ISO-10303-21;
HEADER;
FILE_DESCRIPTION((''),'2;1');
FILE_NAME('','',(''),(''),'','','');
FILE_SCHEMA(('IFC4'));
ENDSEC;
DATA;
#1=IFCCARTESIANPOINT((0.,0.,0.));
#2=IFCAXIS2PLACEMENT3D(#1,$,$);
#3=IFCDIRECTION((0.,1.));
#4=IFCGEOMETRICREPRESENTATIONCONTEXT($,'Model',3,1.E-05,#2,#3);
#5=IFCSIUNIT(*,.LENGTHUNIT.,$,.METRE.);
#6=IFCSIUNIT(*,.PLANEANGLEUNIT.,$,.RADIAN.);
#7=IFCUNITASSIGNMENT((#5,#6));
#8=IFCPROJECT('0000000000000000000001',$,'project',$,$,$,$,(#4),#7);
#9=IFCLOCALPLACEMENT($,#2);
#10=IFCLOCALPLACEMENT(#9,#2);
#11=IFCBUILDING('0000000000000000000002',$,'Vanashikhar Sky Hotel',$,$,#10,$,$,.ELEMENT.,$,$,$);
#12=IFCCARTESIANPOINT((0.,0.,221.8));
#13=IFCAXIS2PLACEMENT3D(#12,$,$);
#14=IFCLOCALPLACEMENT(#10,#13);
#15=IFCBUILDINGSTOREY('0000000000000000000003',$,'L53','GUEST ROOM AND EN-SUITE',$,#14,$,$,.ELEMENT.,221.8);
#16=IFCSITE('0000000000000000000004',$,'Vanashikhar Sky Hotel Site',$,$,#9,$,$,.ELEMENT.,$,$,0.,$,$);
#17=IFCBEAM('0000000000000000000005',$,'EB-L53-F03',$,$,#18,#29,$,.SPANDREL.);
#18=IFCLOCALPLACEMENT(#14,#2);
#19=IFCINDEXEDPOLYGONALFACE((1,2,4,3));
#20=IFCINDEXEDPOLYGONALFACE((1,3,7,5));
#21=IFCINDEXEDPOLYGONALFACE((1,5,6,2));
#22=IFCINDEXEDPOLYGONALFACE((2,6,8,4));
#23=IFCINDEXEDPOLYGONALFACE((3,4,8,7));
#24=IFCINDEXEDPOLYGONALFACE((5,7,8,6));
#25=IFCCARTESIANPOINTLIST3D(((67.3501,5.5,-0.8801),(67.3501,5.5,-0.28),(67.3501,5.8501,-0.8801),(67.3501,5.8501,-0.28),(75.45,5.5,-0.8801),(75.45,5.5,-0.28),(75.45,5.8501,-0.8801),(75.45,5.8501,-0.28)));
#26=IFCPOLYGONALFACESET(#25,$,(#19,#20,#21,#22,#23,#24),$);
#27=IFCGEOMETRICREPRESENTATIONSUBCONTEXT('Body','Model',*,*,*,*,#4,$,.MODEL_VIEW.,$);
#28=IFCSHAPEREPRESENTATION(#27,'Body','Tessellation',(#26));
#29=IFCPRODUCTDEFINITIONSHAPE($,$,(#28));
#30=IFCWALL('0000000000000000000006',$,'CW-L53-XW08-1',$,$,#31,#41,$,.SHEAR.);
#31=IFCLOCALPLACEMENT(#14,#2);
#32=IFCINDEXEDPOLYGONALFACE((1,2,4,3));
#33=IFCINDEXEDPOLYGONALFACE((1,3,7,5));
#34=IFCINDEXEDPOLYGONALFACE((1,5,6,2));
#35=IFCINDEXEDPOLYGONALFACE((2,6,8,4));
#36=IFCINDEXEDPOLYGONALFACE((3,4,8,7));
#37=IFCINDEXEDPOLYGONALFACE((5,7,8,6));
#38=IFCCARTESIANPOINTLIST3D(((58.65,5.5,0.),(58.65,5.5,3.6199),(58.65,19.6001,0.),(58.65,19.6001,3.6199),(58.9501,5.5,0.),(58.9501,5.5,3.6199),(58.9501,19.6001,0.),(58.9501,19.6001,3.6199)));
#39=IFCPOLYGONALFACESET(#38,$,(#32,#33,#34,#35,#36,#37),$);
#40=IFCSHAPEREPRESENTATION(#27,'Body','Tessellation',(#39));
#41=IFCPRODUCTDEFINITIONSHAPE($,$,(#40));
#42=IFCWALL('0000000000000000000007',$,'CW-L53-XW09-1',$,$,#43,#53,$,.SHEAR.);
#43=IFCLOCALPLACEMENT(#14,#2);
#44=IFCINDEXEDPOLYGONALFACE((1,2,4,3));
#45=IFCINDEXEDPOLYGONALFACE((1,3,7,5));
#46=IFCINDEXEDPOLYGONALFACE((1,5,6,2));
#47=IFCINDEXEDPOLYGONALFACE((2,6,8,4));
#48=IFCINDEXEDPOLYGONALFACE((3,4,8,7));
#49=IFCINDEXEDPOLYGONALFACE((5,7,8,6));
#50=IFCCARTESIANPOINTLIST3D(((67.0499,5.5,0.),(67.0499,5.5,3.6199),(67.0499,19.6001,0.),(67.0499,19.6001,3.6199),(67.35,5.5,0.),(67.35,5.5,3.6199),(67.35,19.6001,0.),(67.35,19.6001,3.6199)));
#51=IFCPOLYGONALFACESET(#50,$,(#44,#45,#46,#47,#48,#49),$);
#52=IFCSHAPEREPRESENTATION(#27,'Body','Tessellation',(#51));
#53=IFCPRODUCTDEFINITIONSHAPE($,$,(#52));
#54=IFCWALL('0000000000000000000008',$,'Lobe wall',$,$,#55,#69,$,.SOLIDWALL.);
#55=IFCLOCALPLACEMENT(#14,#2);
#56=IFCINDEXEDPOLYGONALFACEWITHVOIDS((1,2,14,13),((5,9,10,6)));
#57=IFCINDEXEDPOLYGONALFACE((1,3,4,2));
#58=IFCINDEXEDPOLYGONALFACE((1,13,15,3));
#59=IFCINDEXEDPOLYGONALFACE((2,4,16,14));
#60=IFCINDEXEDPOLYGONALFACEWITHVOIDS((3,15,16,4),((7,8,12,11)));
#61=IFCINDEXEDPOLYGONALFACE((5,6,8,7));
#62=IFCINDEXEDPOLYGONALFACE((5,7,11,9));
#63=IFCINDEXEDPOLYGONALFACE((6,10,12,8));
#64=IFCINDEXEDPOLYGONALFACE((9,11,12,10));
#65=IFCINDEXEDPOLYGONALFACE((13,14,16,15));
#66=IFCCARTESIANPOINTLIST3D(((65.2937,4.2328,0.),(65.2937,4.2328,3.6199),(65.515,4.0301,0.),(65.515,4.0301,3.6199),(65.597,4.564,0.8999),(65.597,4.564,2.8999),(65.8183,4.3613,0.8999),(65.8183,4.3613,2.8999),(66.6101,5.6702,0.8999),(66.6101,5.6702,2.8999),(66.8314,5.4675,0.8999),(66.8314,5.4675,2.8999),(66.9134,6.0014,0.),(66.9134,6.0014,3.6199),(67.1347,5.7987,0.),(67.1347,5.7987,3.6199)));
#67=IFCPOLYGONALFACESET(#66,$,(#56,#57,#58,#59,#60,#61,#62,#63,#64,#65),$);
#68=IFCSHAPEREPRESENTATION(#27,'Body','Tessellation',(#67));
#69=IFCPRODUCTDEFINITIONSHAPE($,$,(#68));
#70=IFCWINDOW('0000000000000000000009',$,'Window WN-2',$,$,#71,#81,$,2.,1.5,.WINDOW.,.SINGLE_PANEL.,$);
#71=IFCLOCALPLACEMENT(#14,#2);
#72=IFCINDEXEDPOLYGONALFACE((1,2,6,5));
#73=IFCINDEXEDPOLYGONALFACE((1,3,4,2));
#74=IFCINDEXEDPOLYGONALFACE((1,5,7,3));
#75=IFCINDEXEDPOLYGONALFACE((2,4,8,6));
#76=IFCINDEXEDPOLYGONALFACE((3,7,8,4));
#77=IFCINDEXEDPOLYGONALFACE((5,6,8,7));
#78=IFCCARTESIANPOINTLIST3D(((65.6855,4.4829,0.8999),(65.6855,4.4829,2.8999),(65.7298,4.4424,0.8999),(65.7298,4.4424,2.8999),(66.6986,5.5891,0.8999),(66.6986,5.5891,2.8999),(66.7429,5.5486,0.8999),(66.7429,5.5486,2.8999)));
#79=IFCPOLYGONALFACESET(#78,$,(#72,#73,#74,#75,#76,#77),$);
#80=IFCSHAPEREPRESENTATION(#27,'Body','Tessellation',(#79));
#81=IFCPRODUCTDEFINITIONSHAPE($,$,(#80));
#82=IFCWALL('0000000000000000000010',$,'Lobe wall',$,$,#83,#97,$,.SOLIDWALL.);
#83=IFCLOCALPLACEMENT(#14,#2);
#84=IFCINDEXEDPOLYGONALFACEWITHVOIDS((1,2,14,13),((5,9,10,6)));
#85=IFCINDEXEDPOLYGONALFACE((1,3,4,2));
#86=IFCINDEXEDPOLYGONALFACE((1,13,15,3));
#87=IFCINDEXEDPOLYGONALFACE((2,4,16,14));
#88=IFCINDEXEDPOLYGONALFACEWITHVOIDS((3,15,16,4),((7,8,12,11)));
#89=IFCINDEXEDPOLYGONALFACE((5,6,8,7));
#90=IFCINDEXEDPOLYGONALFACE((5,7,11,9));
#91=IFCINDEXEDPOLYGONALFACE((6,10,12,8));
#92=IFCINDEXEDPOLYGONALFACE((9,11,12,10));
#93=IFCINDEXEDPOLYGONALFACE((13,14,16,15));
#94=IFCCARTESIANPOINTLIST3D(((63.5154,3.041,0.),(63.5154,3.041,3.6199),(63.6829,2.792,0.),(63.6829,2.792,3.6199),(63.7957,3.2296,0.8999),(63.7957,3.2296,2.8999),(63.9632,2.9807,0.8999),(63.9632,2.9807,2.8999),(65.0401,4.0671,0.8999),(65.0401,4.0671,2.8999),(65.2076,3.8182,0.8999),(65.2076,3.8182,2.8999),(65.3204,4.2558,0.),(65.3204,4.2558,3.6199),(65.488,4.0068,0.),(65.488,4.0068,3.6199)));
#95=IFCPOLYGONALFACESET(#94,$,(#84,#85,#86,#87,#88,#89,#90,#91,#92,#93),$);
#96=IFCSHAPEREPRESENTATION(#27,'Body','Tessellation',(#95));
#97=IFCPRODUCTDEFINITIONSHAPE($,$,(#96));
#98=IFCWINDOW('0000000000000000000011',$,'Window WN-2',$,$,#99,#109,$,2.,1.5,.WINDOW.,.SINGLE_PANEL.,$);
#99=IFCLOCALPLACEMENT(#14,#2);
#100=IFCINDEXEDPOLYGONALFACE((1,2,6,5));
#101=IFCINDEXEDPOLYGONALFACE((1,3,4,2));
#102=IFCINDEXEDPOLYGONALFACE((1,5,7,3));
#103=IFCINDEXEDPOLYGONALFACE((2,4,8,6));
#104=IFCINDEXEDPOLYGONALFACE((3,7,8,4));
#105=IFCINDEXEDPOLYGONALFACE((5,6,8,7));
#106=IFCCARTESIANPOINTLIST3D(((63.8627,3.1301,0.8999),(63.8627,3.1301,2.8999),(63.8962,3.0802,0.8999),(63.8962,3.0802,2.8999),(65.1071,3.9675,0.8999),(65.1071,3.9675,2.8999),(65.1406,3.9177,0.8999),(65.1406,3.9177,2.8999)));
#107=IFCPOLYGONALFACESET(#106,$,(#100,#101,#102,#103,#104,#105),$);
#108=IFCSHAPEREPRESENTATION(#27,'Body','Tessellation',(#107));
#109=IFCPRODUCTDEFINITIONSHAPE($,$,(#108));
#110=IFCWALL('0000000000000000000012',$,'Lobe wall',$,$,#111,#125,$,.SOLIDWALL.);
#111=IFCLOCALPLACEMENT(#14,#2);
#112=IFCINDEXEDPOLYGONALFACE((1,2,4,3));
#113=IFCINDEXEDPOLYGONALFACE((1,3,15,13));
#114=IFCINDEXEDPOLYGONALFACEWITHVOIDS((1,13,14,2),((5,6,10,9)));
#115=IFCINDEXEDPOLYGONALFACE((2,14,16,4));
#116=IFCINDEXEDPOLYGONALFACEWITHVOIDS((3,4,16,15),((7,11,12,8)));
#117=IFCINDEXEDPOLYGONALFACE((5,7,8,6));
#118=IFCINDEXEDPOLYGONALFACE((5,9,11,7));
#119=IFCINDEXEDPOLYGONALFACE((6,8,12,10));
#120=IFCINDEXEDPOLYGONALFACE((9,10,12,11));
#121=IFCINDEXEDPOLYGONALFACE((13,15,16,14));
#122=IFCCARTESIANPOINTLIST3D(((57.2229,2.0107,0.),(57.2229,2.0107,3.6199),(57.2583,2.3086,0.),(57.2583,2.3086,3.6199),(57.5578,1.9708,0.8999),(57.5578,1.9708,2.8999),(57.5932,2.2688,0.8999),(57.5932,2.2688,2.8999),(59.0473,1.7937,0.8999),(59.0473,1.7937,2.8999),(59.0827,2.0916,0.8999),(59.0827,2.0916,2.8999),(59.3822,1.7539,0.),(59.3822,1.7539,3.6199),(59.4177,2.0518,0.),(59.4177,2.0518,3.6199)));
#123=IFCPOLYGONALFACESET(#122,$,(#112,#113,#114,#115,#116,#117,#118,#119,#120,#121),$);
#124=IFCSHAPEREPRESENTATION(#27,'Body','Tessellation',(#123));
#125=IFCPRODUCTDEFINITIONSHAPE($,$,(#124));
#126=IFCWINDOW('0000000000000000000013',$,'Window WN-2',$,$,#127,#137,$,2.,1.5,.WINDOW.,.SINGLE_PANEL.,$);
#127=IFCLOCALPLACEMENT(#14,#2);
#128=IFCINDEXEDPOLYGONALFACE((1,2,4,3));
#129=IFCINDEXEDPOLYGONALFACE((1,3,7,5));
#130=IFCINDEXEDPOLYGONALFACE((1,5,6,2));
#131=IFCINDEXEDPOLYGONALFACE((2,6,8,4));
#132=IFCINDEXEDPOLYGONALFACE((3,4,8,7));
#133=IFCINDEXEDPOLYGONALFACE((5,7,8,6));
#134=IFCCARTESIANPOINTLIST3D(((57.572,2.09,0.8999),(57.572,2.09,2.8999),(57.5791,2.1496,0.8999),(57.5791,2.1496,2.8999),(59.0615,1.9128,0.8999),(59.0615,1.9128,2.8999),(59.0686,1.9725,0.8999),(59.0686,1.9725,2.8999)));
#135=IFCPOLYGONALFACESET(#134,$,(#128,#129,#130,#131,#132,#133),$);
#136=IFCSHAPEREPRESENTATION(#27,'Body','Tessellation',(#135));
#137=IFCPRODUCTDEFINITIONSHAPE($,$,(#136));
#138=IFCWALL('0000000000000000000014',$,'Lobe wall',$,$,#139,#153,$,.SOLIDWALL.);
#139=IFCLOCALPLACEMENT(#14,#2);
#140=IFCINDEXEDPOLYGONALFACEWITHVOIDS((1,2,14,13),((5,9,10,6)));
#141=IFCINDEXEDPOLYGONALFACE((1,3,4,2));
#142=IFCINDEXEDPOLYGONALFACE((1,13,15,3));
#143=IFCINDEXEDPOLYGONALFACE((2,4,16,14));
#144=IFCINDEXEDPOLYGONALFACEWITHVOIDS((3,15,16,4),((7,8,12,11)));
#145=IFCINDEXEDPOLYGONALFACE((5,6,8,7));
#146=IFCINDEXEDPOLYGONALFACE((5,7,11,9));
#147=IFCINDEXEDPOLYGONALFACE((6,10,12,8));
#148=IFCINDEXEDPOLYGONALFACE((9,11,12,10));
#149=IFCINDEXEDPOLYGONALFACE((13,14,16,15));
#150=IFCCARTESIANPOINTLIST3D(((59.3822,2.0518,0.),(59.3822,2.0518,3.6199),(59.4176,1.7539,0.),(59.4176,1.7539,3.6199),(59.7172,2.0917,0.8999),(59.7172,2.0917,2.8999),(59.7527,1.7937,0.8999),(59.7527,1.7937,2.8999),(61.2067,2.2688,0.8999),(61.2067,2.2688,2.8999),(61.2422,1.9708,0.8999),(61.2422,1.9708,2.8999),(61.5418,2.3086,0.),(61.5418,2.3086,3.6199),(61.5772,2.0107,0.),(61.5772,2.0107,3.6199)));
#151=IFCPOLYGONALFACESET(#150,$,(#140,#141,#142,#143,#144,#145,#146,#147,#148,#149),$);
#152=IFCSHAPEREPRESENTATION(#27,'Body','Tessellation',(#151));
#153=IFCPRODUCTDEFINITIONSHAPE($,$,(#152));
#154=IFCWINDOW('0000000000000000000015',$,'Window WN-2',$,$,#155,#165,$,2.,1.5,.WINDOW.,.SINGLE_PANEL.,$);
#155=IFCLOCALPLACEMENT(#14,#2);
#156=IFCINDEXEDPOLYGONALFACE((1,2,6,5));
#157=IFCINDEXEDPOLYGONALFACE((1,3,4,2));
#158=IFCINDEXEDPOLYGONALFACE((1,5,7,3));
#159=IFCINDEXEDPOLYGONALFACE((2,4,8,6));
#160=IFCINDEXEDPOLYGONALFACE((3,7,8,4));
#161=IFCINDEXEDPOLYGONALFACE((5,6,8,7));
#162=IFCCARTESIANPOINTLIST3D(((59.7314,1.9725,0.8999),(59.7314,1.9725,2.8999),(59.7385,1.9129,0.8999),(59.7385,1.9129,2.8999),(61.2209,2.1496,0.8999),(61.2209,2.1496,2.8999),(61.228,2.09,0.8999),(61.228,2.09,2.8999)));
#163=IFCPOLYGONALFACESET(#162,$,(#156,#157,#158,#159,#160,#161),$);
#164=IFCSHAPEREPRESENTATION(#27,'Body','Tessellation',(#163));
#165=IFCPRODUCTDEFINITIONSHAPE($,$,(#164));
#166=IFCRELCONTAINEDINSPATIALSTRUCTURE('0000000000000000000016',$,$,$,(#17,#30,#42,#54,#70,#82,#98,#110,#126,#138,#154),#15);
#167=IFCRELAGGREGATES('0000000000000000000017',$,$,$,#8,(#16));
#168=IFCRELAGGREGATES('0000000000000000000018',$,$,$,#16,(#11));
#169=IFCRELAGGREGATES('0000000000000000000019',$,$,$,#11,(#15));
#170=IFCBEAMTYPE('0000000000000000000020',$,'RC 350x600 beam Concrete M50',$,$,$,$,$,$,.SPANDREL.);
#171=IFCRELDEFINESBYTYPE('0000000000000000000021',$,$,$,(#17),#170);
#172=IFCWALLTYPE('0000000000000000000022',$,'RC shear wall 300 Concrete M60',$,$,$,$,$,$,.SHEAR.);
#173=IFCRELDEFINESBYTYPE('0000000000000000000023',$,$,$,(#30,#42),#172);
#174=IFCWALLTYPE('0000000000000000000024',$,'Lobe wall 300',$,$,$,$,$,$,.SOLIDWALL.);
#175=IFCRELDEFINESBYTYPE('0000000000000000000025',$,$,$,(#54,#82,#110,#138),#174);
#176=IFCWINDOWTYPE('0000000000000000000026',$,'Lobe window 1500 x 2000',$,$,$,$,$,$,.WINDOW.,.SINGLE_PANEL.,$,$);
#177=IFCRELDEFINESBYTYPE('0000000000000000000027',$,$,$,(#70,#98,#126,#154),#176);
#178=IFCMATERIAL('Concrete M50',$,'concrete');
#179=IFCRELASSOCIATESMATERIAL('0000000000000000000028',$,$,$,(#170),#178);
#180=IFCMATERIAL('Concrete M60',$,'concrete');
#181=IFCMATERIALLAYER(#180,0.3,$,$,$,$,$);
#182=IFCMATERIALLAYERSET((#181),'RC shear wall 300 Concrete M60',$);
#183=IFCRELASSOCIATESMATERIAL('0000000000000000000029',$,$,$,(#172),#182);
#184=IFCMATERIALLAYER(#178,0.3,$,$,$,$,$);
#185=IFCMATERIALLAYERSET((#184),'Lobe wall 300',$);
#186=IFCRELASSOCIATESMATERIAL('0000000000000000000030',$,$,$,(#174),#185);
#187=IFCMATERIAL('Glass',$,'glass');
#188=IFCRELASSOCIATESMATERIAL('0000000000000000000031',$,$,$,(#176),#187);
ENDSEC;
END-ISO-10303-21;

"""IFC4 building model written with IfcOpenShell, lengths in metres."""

from ifc_helpers import new_model, si_unit, direction, frame, frame_2d, origin, origin_2d, place, context, subcontext, project, spatial, rectangle, extrude, source, transform, mapped, material, layer, layer_set, material_profile, profile_set, type_object, element, fill, save


model = new_model("IFC4")

# Units and contexts
model_context = context("Model", 3, precision=1e-05, world=origin(), true_north=direction((0.0, 1.0)))
body_context = subcontext(model_context, "Body", "Model", "MODEL_VIEW")
ifc_project = project(units=[si_unit("LENGTHUNIT", "METRE"), si_unit("PLANEANGLEUNIT", "RADIAN")], contexts=[model_context])

# Site, building, storey
site_placement = place(None, origin())
site = spatial("IfcSite", under=ifc_project, at=site_placement, Name="Vanashikhar Sky Hotel Site", CompositionType="ELEMENT", RefElevation=0.0)
building_placement = place(site_placement, origin())
building = spatial("IfcBuilding", under=site, at=building_placement, Name="Vanashikhar Sky Hotel", CompositionType="ELEMENT")
storey_placement = place(building_placement, frame((0.0, 0.0, 221.8)))
storey = spatial("IfcBuildingStorey", under=building, at=storey_placement, Name="L53", Description="GUEST ROOM AND EN-SUITE", CompositionType="ELEMENT", Elevation=221.8)

# Beam
ifc_material_1 = material(Name="Concrete M50", Category="concrete")
ifc_material_profile_1 = material_profile(ifc_material_1, rectangle(XDim=0.3501, YDim=0.6001, at=origin_2d()))
ifc_profile_set_1 = profile_set([ifc_material_profile_1], Name="RC 350x600 beam Concrete M50")
beam_type = type_object("IfcBeamType", Name="RC 350x600 beam Concrete M50", PredefinedType="SPANDREL", material=ifc_profile_set_1)
shared_shape_1 = source(origin(), body_context, "Body", "SweptSolid", [
    extrude(rectangle(XDim=0.3501, YDim=0.6001, at=origin_2d()), origin(), (0.0, 0.0, 1.0), 8.0999),
])
beam_placement = place(storey_placement, frame((67.3501, 5.675, -0.5801), z_axis=(1.0, 0.0, 0.0), x_axis=(0.0, 1.0, 0.0)))
element("IfcBeam", 1, at=beam_placement, inside=storey, type_object=beam_type, Name="EB-L53-F03", PredefinedType="SPANDREL", context=body_context, shape_type="MappedRepresentation", body=[
    mapped(shared_shape_1, transform((0.0, 0.0, 0.0), scale=1.0)),
])

# Walls
ifc_material_2 = material(Name="Concrete M60", Category="concrete")
ifc_layer_1 = layer(ifc_material_2, 0.3)
ifc_layer_set_1 = layer_set([ifc_layer_1], Name="RC shear wall 300 Concrete M60")
wall_type_1 = type_object("IfcWallType", Name="RC shear wall 300 Concrete M60", PredefinedType="SHEAR", material=ifc_layer_set_1)
shared_shape_2 = source(origin(), body_context, "Body", "SweptSolid", [
    extrude(rectangle(XDim=14.1001, YDim=0.3, at=frame_2d((7.05, 0.0))), origin(), (0.0, 0.0, 1.0), 3.6199),
])
for number, where, z_axis, x_axis, name in (
    (2, (58.8, 5.5, 0.0), (0.0, 0.0, 1.0), (0.0, 1.0, 0.0), "CW-L53-XW08-1"),
    (3, (67.2, 5.5, 0.0), (0.0, 0.0, 1.0), (0.0, 1.0, 0.0), "CW-L53-XW09-1"),
):
    element("IfcWall", number, at=place(storey_placement, frame(where, z_axis=z_axis, x_axis=x_axis)), inside=storey, type_object=wall_type_1, Name=name, PredefinedType="SHEAR", context=body_context, shape_type="MappedRepresentation", body=[
        mapped(shared_shape_2, transform((0.0, 0.0, 0.0), scale=1.0)),
    ])

# Shared definitions
ifc_material_3 = material(Name="Glass", Category="glass")

# Walls, openings, windows
ifc_layer_2 = layer(ifc_material_1, 0.3)
ifc_layer_set_2 = layer_set([ifc_layer_2], Name="Lobe wall 300")
wall_type_2 = type_object("IfcWallType", Name="Lobe wall 300", PredefinedType="SOLIDWALL", material=ifc_layer_set_2)
shared_shape_3 = source(origin(), body_context, "Body", "SweptSolid", [
    extrude(rectangle(XDim=2.3982, YDim=0.3, at=frame_2d((1.1992, 0.0))), origin(), (0.0, 0.0, 1.0), 3.6199),
])
wall_1_placement = place(storey_placement, frame((65.4043, 4.1313, 0.0), z_axis=(0.0, 0.0, 1.0), x_axis=(0.675374, 0.737475, 0.0)))
wall_1 = element("IfcWall", 4, at=wall_1_placement, inside=storey, type_object=wall_type_2, Name="Lobe wall", PredefinedType="SOLIDWALL", context=body_context, shape_type="MappedRepresentation", body=[
    mapped(shared_shape_3, transform((0.0, 0.0, 0.0), scale=1.0)),
])
shared_shape_4 = source(origin(), body_context, "Body", "SweptSolid", [
    extrude(rectangle(XDim=1.5, YDim=2.0, at=frame_2d((0.75, 1.0))), frame((0.0, 0.1602, 0.0), z_axis=(0.0, -1.0, 0.0), x_axis=(1.0, 0.0, 0.0)), (0.0, 0.0, 1.0), 0.3201),
])
opening_1_placement = place(wall_1_placement, frame((0.4492, 0.0, 0.8999)))
opening_1 = element("IfcOpeningElement", 5, at=opening_1_placement, cuts=wall_1, PredefinedType="OPENING", context=body_context, shape_type="MappedRepresentation", body=[
    mapped(shared_shape_4, transform((0.0, 0.0, 0.0), scale=1.0)),
])
window_type_1 = type_object("IfcWindowType", Name="Lobe window 1500 x 2000", PartitioningType="SINGLE_PANEL", PredefinedType="WINDOW", material=ifc_material_3)
shared_shape_5 = source(origin(), body_context, "Body", "SweptSolid", [
    extrude(rectangle(XDim=1.5, YDim=2.0, at=frame_2d((0.75, 1.0))), frame((0.0, 0.03, 0.0), z_axis=(0.0, -1.0, 0.0), x_axis=(1.0, 0.0, 0.0)), (0.0, 0.0, 1.0), 0.0601),
])
window_1_placement = place(opening_1_placement, origin())
window_1 = element("IfcWindow", 6, at=window_1_placement, inside=storey, type_object=window_type_1, Name="Window WN-2", OverallHeight=2.0, OverallWidth=1.5, PartitioningType="SINGLE_PANEL", PredefinedType="WINDOW", context=body_context, shape_type="MappedRepresentation", body=[
    mapped(shared_shape_5, transform((0.0, 0.0, 0.0), scale=1.0)),
])
fill(opening_1, window_1)
shared_shape_6 = source(origin(), body_context, "Body", "SweptSolid", [
    extrude(rectangle(XDim=2.1758, YDim=0.3, at=frame_2d((1.0879, 0.0))), origin(), (0.0, 0.0, 1.0), 3.6199),
])
wall_2_placement = place(storey_placement, frame((63.5991, 2.9165, 0.0), z_axis=(0.0, 0.0, 1.0), x_axis=(0.829626, 0.55832, 0.0)))
wall_2 = element("IfcWall", 7, at=wall_2_placement, inside=storey, type_object=wall_type_2, Name="Lobe wall", PredefinedType="SOLIDWALL", context=body_context, shape_type="MappedRepresentation", body=[
    mapped(shared_shape_6, transform((0.0, 0.0, 0.0), scale=1.0)),
])
opening_2_placement = place(wall_2_placement, frame((0.3379, 0.0, 0.8999)))
opening_2 = element("IfcOpeningElement", 8, at=opening_2_placement, cuts=wall_2, PredefinedType="OPENING", context=body_context, shape_type="MappedRepresentation", body=[
    mapped(shared_shape_4, transform((0.0, 0.0, 0.0), scale=1.0)),
])
window_2_placement = place(opening_2_placement, origin())
window_2 = element("IfcWindow", 9, at=window_2_placement, inside=storey, type_object=window_type_1, Name="Window WN-2", OverallHeight=2.0, OverallWidth=1.5, PartitioningType="SINGLE_PANEL", PredefinedType="WINDOW", context=body_context, shape_type="MappedRepresentation", body=[
    mapped(shared_shape_5, transform((0.0, 0.0, 0.0), scale=1.0)),
])
fill(opening_2, window_2)
shared_shape_7 = source(origin(), body_context, "Body", "SweptSolid", [
    extrude(rectangle(XDim=2.1746, YDim=0.3, at=frame_2d((1.0874, 0.0))), origin(), (0.0, 0.0, 1.0), 3.6199),
])
wall_3_placement = place(storey_placement, frame((57.2405, 2.1597, 0.0), z_axis=(0.0, 0.0, 1.0), x_axis=(0.993001, -0.118105, 0.0)))
wall_3 = element("IfcWall", 10, at=wall_3_placement, inside=storey, type_object=wall_type_2, Name="Lobe wall", PredefinedType="SOLIDWALL", context=body_context, shape_type="MappedRepresentation", body=[
    mapped(shared_shape_7, transform((0.0, 0.0, 0.0), scale=1.0)),
])
opening_3_placement = place(wall_3_placement, frame((0.3374, 0.0, 0.8999)))
opening_3 = element("IfcOpeningElement", 11, at=opening_3_placement, cuts=wall_3, PredefinedType="OPENING", context=body_context, shape_type="MappedRepresentation", body=[
    mapped(shared_shape_4, transform((0.0, 0.0, 0.0), scale=1.0)),
])
window_3_placement = place(opening_3_placement, origin())
window_3 = element("IfcWindow", 12, at=window_3_placement, inside=storey, type_object=window_type_1, Name="Window WN-2", OverallHeight=2.0, OverallWidth=1.5, PartitioningType="SINGLE_PANEL", PredefinedType="WINDOW", context=body_context, shape_type="MappedRepresentation", body=[
    mapped(shared_shape_5, transform((0.0, 0.0, 0.0), scale=1.0)),
])
fill(opening_3, window_3)
shared_shape_8 = source(origin(), body_context, "Body", "SweptSolid", [
    extrude(rectangle(XDim=2.1748, YDim=0.3, at=frame_2d((1.0874, 0.0))), origin(), (0.0, 0.0, 1.0), 3.6199),
])
wall_4_placement = place(storey_placement, frame((59.3999, 1.9028, 0.0), z_axis=(0.0, 0.0, 1.0), x_axis=(0.993003, 0.118092, 0.0)))
wall_4 = element("IfcWall", 13, at=wall_4_placement, inside=storey, type_object=wall_type_2, Name="Lobe wall", PredefinedType="SOLIDWALL", context=body_context, shape_type="MappedRepresentation", body=[
    mapped(shared_shape_8, transform((0.0, 0.0, 0.0), scale=1.0)),
])
opening_4_placement = place(wall_4_placement, frame((0.3374, 0.0, 0.8999)))
opening_4 = element("IfcOpeningElement", 14, at=opening_4_placement, cuts=wall_4, PredefinedType="OPENING", context=body_context, shape_type="MappedRepresentation", body=[
    mapped(shared_shape_4, transform((0.0, 0.0, 0.0), scale=1.0)),
])
window_4_placement = place(opening_4_placement, origin())
window_4 = element("IfcWindow", 15, at=window_4_placement, inside=storey, type_object=window_type_1, Name="Window WN-2", OverallHeight=2.0, OverallWidth=1.5, PartitioningType="SINGLE_PANEL", PredefinedType="WINDOW", context=body_context, shape_type="MappedRepresentation", body=[
    mapped(shared_shape_5, transform((0.0, 0.0, 0.0), scale=1.0)),
])
fill(opening_4, window_4)

save(model, "model.ifc")
